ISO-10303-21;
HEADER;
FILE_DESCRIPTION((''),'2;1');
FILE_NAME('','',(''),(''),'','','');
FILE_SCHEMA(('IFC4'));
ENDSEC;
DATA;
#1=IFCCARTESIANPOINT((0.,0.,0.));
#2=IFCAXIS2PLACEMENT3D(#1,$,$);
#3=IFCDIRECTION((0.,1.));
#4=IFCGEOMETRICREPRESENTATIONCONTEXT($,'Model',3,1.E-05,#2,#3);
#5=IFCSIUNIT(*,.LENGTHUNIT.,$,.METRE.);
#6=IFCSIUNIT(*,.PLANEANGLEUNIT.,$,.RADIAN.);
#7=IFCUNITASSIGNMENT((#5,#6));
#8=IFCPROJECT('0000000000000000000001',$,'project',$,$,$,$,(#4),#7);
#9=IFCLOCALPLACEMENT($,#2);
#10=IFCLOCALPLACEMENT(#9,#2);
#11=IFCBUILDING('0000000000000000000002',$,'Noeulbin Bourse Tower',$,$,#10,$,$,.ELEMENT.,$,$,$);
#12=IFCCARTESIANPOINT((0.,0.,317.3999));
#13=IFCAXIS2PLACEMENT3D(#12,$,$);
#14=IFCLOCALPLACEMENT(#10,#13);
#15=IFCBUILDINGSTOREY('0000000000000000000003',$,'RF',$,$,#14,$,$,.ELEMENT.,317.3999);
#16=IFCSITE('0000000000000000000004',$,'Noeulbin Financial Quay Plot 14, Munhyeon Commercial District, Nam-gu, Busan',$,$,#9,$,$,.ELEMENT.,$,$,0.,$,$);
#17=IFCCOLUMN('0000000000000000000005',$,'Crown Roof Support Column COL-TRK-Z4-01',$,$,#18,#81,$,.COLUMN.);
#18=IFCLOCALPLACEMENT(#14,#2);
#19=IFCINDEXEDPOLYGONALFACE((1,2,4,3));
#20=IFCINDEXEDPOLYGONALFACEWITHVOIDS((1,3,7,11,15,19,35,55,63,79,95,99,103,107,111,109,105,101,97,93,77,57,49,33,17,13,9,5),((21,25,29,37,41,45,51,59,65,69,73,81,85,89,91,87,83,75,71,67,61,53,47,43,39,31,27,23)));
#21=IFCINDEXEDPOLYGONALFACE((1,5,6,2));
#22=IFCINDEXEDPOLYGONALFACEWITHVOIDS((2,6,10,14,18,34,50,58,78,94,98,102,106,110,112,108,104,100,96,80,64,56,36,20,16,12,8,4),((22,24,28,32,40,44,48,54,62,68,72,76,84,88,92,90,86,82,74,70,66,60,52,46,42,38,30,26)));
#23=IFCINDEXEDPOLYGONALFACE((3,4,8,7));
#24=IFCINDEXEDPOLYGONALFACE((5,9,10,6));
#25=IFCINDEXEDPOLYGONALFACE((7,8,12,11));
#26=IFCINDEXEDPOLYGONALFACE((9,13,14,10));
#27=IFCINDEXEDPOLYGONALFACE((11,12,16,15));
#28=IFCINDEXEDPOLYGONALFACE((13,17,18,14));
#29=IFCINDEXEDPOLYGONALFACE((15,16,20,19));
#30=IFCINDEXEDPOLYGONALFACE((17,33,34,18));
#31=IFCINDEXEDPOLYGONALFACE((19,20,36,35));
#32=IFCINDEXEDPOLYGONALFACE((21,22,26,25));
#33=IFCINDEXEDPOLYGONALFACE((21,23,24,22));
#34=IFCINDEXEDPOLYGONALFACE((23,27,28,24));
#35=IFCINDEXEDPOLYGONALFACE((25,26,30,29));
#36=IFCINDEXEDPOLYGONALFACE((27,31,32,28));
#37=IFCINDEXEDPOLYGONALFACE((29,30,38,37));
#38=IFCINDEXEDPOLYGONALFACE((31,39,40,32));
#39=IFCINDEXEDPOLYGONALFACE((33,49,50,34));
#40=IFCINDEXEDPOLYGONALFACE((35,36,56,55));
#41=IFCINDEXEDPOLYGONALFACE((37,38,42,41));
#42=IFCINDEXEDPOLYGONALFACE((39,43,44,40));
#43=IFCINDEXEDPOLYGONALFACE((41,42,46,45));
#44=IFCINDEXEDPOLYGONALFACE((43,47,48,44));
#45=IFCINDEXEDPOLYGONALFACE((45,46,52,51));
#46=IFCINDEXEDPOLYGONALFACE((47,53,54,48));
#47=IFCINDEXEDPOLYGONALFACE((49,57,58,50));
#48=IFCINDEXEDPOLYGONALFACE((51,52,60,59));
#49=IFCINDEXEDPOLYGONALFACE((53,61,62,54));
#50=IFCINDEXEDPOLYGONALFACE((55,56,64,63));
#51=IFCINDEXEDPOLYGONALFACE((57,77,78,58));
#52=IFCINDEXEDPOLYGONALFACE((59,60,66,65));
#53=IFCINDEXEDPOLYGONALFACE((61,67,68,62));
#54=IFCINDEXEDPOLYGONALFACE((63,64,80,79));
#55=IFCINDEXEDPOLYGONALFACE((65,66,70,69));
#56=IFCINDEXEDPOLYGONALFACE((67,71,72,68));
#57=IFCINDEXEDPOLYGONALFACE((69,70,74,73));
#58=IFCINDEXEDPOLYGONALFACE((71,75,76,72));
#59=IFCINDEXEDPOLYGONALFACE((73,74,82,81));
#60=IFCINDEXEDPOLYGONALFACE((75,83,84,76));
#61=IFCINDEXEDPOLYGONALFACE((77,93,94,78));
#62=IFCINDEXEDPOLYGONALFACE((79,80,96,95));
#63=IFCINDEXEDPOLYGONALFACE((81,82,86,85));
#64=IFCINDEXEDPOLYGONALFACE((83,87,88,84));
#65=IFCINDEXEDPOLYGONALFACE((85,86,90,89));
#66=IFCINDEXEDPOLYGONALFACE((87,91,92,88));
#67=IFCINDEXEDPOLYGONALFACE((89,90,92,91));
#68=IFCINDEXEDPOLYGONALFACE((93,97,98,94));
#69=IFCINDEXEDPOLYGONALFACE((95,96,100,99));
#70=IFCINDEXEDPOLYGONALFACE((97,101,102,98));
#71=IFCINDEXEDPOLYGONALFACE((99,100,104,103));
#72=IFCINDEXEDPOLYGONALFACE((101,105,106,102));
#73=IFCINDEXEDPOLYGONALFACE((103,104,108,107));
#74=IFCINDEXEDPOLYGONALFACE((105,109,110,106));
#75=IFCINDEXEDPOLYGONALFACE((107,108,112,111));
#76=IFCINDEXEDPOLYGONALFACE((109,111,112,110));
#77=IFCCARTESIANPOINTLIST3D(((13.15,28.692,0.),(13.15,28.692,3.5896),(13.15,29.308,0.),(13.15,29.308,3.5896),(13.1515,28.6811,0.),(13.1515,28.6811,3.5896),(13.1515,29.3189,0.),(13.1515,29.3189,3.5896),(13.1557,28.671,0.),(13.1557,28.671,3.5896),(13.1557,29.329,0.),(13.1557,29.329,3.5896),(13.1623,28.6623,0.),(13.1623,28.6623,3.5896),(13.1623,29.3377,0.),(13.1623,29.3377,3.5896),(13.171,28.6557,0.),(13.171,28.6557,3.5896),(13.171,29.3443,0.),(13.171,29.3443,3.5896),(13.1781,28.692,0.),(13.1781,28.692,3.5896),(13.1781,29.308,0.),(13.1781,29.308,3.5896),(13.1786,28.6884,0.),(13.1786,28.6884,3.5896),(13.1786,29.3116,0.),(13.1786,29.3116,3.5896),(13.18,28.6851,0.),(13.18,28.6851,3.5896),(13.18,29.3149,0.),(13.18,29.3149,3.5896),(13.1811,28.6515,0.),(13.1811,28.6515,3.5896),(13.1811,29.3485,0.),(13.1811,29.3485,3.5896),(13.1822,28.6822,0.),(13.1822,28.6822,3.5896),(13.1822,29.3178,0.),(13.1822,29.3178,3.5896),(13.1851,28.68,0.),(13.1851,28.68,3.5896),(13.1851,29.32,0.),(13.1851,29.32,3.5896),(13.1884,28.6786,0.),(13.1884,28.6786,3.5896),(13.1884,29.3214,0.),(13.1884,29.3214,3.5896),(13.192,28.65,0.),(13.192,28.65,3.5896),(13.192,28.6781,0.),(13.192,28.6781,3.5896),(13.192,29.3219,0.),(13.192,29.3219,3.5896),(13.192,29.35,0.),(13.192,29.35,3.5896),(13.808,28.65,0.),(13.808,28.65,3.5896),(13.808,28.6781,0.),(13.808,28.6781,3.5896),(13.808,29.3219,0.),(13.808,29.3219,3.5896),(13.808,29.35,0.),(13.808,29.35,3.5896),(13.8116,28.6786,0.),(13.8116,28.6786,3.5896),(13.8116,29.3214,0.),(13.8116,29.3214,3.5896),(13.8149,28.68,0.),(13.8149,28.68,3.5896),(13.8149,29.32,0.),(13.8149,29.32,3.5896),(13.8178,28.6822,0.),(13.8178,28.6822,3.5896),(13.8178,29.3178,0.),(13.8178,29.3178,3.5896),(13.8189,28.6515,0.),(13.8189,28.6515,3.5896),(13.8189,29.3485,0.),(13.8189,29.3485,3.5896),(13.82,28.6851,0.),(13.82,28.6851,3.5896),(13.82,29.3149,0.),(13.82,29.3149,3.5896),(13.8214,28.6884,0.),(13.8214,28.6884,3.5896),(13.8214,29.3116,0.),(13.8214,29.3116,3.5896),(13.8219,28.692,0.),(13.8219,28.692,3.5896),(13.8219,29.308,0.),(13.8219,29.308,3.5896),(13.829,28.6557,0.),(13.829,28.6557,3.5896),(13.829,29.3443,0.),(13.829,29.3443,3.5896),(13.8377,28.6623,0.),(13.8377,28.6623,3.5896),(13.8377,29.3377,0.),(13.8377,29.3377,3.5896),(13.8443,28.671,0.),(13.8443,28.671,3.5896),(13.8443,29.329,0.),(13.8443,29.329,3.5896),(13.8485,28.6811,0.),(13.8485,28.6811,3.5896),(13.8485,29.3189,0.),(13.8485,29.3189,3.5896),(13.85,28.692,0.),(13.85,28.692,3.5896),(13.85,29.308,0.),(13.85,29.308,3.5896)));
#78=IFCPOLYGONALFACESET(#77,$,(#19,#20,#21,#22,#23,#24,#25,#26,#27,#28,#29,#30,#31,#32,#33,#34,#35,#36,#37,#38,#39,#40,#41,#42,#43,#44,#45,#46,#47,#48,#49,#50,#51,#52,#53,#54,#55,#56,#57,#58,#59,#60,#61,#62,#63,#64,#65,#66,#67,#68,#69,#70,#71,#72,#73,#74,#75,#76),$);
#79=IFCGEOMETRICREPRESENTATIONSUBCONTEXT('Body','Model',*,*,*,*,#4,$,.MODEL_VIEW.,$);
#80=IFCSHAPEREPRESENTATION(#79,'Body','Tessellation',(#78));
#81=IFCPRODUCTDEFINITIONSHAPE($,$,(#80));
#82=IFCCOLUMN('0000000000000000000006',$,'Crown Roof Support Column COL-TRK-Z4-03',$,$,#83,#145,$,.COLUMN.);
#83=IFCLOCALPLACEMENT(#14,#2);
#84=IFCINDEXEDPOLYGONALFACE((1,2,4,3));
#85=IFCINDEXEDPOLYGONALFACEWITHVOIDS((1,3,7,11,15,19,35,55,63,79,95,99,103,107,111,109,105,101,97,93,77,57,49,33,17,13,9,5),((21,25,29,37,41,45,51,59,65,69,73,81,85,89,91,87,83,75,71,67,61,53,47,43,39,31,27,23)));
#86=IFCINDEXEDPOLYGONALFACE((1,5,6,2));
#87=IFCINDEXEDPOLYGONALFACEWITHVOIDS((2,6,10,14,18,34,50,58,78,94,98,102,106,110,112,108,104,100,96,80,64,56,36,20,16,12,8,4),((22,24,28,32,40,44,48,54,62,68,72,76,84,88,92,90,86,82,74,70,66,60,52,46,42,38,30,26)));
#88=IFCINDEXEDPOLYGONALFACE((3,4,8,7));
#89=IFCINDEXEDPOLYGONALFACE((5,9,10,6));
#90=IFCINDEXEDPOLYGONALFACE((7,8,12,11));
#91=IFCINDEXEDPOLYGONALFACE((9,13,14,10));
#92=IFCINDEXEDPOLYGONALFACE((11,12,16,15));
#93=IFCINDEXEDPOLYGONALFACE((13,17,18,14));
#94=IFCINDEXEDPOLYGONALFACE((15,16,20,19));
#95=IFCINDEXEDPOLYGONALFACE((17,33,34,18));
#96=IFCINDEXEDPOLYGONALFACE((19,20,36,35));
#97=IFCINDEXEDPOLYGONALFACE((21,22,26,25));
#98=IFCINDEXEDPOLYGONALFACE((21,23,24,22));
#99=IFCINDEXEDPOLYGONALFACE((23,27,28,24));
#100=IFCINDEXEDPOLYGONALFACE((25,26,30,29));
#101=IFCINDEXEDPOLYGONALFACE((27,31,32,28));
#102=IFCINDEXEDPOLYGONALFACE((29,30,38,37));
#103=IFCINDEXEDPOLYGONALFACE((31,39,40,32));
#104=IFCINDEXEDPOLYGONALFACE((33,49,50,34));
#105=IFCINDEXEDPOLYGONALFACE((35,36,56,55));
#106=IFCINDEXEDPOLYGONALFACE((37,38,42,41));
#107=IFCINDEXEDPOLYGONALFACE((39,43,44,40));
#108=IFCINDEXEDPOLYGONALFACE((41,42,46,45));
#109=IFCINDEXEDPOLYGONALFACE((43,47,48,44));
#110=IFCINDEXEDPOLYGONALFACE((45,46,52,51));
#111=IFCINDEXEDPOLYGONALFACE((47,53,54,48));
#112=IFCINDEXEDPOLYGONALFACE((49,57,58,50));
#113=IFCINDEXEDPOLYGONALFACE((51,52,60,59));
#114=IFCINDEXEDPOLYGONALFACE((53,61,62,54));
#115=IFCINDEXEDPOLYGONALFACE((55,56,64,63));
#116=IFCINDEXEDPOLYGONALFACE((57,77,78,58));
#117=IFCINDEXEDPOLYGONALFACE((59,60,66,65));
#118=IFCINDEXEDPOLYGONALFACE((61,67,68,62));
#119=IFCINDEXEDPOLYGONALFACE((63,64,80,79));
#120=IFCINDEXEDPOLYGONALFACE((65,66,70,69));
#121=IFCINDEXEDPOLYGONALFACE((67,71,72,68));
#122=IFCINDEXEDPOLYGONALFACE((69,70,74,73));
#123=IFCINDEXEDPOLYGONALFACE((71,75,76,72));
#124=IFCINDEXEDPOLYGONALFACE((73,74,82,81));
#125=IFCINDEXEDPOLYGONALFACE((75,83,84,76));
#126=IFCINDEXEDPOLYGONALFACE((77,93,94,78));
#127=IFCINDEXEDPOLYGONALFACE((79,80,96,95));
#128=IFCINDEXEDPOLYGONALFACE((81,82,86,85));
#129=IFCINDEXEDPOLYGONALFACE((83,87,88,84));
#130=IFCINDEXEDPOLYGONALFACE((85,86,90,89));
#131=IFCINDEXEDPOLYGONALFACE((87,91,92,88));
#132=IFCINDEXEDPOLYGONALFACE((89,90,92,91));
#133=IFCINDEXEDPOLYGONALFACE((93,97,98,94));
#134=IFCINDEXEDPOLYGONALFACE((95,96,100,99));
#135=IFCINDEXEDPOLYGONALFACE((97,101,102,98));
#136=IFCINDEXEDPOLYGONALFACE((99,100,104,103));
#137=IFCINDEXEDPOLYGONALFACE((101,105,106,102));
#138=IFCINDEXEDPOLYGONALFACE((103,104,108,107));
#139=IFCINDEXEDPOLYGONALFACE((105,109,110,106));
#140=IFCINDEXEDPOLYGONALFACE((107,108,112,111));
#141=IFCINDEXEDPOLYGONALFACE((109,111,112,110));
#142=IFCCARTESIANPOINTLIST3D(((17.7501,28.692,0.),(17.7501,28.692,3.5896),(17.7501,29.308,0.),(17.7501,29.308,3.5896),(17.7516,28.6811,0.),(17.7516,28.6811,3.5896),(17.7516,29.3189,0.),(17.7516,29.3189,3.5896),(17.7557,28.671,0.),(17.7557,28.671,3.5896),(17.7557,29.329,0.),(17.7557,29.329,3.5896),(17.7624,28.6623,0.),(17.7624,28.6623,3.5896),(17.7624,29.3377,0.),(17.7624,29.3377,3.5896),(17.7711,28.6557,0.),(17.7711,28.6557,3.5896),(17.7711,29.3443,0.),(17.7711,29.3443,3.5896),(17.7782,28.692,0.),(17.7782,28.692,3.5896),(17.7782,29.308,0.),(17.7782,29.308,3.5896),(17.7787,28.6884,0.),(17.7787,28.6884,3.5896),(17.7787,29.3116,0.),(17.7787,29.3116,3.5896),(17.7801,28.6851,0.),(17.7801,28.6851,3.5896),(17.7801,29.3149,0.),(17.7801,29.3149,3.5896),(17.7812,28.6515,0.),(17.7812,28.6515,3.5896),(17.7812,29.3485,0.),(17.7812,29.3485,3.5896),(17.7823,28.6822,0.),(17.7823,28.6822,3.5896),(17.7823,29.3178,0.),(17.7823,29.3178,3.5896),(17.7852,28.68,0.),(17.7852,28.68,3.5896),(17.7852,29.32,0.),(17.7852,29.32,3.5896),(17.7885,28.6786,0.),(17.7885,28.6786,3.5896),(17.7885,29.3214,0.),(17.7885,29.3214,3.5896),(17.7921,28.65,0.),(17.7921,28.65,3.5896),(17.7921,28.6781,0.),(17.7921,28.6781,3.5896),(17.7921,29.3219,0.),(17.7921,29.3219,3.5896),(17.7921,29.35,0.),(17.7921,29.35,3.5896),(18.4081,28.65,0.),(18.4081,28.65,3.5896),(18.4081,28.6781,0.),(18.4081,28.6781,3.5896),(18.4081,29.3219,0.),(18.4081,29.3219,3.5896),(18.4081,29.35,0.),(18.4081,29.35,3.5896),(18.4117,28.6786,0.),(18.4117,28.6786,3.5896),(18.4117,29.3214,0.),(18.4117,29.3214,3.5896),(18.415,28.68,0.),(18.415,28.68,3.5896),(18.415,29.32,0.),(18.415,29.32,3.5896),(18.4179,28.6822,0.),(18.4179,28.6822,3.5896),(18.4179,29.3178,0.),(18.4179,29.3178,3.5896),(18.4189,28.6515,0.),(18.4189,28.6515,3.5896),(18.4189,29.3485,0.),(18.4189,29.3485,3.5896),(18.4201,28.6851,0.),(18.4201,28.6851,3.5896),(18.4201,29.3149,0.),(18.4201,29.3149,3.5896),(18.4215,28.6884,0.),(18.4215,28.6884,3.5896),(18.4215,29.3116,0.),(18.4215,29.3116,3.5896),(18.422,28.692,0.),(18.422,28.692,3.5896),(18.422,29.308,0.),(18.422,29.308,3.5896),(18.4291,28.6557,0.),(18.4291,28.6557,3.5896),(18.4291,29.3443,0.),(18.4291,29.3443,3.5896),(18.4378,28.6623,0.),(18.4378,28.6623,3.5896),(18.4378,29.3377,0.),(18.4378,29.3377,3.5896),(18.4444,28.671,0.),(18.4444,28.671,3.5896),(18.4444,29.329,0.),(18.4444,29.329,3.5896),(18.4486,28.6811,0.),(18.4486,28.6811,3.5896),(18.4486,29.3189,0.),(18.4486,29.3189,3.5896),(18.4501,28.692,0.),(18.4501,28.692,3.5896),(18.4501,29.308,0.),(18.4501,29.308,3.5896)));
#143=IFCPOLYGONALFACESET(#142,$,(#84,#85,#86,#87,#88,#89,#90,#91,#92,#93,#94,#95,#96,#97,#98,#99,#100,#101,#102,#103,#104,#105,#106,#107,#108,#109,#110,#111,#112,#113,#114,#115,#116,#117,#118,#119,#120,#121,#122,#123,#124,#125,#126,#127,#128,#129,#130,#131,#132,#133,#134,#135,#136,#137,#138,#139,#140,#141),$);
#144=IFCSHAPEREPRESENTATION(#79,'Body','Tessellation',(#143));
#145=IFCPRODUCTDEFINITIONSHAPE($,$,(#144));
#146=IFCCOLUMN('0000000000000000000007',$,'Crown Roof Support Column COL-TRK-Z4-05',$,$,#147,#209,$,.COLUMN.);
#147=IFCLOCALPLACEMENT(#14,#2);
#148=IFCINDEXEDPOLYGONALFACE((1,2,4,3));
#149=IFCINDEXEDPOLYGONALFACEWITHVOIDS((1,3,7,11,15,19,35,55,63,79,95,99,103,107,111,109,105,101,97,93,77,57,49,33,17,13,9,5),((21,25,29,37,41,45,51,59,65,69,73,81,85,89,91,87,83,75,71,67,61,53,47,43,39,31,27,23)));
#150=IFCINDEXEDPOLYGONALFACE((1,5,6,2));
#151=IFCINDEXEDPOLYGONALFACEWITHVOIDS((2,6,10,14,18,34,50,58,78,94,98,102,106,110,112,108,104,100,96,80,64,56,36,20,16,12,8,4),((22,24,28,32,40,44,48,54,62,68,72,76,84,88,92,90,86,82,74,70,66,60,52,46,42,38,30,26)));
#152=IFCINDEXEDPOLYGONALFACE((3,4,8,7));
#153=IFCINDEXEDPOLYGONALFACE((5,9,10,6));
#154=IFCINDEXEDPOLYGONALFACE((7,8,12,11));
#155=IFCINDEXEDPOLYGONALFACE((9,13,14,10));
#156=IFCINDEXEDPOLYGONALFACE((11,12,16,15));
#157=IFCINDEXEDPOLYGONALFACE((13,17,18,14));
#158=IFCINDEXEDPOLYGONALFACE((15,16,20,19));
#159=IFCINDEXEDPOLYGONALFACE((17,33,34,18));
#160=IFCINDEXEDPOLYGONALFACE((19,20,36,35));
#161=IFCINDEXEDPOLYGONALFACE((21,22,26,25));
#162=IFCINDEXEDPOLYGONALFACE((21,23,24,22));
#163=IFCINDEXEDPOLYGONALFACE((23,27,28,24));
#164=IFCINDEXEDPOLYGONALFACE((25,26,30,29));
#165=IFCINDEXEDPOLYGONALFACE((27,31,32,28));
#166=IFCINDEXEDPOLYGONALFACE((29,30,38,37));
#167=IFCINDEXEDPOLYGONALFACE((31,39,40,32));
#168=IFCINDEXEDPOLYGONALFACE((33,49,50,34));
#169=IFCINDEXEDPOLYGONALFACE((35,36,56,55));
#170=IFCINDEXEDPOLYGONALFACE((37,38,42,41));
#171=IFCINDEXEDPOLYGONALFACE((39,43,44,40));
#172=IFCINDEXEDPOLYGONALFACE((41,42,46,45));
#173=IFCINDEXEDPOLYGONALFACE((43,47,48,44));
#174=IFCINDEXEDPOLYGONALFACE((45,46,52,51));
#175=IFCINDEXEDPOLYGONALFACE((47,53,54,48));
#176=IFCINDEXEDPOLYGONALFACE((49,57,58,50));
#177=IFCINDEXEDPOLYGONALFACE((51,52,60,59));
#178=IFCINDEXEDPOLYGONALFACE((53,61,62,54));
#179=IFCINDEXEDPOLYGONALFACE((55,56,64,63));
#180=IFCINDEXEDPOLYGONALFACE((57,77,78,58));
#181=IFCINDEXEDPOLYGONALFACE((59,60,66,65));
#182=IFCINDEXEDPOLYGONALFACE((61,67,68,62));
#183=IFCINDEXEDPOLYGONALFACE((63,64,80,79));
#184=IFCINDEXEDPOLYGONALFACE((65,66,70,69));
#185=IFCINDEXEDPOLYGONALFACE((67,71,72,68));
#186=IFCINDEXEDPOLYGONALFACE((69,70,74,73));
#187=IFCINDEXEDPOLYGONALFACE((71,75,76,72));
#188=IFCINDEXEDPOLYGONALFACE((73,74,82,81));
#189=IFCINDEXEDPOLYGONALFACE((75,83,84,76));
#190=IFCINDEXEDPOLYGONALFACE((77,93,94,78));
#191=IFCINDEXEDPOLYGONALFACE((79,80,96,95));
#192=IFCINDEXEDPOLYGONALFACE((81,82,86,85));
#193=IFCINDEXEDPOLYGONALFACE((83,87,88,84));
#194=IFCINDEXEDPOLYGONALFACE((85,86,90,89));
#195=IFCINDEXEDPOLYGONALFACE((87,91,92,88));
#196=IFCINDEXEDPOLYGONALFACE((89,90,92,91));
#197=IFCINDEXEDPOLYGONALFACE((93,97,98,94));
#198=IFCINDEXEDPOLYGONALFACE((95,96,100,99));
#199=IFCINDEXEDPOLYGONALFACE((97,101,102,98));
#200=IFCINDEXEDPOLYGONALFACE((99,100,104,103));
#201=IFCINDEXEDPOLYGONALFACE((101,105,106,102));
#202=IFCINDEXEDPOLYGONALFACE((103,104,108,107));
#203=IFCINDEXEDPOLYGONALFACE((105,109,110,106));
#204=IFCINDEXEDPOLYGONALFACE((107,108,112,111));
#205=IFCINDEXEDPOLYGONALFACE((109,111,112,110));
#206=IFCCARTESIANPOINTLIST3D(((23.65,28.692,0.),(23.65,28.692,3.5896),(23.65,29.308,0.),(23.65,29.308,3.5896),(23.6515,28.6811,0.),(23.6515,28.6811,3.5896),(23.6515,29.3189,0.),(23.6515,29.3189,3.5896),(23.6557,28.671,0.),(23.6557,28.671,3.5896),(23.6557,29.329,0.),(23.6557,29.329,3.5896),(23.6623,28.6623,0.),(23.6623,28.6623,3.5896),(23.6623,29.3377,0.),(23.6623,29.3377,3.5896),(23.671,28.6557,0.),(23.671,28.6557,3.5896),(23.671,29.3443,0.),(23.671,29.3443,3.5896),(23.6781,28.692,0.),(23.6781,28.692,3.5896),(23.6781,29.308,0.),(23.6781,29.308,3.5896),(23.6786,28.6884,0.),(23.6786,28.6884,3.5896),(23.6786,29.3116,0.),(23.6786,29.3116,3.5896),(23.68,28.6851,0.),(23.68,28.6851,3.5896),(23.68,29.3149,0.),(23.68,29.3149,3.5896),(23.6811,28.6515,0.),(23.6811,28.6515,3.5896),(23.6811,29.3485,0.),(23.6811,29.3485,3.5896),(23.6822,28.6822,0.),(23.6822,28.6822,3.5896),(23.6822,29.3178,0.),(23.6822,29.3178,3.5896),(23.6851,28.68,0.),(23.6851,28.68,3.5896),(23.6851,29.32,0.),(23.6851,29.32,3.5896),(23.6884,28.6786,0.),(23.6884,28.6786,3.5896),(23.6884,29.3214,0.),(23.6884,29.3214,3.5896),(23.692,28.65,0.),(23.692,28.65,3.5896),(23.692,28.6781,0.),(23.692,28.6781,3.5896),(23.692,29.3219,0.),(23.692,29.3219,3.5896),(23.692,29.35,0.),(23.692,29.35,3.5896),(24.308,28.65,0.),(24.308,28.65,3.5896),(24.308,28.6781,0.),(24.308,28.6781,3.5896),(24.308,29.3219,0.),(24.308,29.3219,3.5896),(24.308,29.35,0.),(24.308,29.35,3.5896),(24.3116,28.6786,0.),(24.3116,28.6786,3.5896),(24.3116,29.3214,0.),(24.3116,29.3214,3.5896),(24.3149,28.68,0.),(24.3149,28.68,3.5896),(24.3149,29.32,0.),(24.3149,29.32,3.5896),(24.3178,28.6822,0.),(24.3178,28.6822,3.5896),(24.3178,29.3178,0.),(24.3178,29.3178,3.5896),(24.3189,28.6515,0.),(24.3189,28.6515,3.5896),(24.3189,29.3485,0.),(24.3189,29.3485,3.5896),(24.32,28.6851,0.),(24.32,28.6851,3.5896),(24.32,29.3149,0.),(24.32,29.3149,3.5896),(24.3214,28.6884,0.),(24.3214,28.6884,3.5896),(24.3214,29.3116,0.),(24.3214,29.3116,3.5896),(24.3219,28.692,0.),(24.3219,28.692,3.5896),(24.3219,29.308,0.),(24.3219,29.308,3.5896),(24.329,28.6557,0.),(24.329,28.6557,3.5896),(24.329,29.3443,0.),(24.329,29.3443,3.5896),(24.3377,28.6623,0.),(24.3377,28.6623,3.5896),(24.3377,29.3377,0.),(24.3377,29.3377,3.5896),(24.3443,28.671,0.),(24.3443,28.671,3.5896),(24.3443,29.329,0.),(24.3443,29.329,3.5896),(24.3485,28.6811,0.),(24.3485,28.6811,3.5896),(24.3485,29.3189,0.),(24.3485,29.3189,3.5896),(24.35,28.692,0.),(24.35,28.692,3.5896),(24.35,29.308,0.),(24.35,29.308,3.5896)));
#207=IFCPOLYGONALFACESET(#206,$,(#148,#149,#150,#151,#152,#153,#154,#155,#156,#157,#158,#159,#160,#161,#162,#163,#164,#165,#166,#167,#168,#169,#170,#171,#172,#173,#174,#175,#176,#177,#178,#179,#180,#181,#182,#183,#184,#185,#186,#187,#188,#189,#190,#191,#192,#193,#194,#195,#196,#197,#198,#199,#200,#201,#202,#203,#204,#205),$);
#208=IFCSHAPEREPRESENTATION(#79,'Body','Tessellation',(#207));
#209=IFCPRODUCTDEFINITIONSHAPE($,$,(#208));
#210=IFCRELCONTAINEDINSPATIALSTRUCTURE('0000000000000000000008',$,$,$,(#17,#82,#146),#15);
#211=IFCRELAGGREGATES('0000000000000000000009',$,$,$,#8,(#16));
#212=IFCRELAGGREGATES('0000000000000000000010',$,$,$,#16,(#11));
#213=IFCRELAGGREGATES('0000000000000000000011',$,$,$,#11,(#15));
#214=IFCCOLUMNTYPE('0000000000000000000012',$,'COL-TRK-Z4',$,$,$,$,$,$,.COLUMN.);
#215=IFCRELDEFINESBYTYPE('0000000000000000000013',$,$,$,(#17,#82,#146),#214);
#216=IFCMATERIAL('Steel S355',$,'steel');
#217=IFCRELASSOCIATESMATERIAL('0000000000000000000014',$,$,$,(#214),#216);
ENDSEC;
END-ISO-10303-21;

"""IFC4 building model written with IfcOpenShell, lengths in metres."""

from ifc_helpers import new_model, si_unit, direction, frame, origin, origin_2d, place, context, subcontext, project, spatial, hollow_rectangle, extrude, material, material_profile, profile_set, type_object, element, save


model = new_model("IFC4")

# Units and contexts
model_context = context("Model", 3, precision=1e-05, world=origin(), true_north=direction((0.0, 1.0)))
body_context = subcontext(model_context, "Body", "Model", "MODEL_VIEW")
ifc_project = project(units=[si_unit("LENGTHUNIT", "METRE"), si_unit("PLANEANGLEUNIT", "RADIAN")], contexts=[model_context])

# Site, building, storey
site_placement = place(None, origin())
site = spatial("IfcSite", under=ifc_project, at=site_placement, Name="Noeulbin Financial Quay Plot 14, Munhyeon Commercial District, Nam-gu, Busan", CompositionType="ELEMENT", RefElevation=0.0)
building_placement = place(site_placement, origin())
building = spatial("IfcBuilding", under=site, at=building_placement, Name="Noeulbin Bourse Tower", CompositionType="ELEMENT")
storey_placement = place(building_placement, frame((0.0, 0.0, 317.3999)))
storey = spatial("IfcBuildingStorey", under=building, at=storey_placement, Name="RF", CompositionType="ELEMENT", Elevation=317.3999)

# Columns
ifc_material_1 = material(Name="Steel S355", Category="steel")
ifc_material_profile_1 = material_profile(ifc_material_1, hollow_rectangle(XDim=0.7, YDim=0.7, WallThickness=0.0281, InnerFilletRadius=0.0139, OuterFilletRadius=0.042, at=origin_2d()), Name="BOX-700x700x28", Category="LoadBearing")
ifc_profile_set_1 = profile_set([ifc_material_profile_1], Name="Steel S355")
column_type = type_object("IfcColumnType", Name="COL-TRK-Z4", PredefinedType="COLUMN", material=ifc_profile_set_1)
for number, where, z_axis, x_axis, name in (
    (1, (13.5, 29.0, 0.0), (0.0, 0.0, 1.0), (1.0, 0.0, 0.0), "Crown Roof Support Column COL-TRK-Z4-01"),
    (2, (18.1001, 29.0, 0.0), (0.0, 0.0, 1.0), (1.0, 0.0, 0.0), "Crown Roof Support Column COL-TRK-Z4-03"),
    (3, (24.0, 29.0, 0.0), (0.0, 0.0, 1.0), (1.0, 0.0, 0.0), "Crown Roof Support Column COL-TRK-Z4-05"),
):
    element("IfcColumn", number, at=place(storey_placement, frame(where, z_axis=z_axis, x_axis=x_axis)), inside=storey, type_object=column_type, Name=name, PredefinedType="COLUMN", context=body_context, shape_type="SweptSolid", body=[
        extrude(hollow_rectangle(XDim=0.7, YDim=0.7, WallThickness=0.0281, InnerFilletRadius=0.0139, OuterFilletRadius=0.042, at=origin_2d()), origin(), (0.0, 0.0, 1.0), 3.5896),
    ])

save(model, "model.ifc")
